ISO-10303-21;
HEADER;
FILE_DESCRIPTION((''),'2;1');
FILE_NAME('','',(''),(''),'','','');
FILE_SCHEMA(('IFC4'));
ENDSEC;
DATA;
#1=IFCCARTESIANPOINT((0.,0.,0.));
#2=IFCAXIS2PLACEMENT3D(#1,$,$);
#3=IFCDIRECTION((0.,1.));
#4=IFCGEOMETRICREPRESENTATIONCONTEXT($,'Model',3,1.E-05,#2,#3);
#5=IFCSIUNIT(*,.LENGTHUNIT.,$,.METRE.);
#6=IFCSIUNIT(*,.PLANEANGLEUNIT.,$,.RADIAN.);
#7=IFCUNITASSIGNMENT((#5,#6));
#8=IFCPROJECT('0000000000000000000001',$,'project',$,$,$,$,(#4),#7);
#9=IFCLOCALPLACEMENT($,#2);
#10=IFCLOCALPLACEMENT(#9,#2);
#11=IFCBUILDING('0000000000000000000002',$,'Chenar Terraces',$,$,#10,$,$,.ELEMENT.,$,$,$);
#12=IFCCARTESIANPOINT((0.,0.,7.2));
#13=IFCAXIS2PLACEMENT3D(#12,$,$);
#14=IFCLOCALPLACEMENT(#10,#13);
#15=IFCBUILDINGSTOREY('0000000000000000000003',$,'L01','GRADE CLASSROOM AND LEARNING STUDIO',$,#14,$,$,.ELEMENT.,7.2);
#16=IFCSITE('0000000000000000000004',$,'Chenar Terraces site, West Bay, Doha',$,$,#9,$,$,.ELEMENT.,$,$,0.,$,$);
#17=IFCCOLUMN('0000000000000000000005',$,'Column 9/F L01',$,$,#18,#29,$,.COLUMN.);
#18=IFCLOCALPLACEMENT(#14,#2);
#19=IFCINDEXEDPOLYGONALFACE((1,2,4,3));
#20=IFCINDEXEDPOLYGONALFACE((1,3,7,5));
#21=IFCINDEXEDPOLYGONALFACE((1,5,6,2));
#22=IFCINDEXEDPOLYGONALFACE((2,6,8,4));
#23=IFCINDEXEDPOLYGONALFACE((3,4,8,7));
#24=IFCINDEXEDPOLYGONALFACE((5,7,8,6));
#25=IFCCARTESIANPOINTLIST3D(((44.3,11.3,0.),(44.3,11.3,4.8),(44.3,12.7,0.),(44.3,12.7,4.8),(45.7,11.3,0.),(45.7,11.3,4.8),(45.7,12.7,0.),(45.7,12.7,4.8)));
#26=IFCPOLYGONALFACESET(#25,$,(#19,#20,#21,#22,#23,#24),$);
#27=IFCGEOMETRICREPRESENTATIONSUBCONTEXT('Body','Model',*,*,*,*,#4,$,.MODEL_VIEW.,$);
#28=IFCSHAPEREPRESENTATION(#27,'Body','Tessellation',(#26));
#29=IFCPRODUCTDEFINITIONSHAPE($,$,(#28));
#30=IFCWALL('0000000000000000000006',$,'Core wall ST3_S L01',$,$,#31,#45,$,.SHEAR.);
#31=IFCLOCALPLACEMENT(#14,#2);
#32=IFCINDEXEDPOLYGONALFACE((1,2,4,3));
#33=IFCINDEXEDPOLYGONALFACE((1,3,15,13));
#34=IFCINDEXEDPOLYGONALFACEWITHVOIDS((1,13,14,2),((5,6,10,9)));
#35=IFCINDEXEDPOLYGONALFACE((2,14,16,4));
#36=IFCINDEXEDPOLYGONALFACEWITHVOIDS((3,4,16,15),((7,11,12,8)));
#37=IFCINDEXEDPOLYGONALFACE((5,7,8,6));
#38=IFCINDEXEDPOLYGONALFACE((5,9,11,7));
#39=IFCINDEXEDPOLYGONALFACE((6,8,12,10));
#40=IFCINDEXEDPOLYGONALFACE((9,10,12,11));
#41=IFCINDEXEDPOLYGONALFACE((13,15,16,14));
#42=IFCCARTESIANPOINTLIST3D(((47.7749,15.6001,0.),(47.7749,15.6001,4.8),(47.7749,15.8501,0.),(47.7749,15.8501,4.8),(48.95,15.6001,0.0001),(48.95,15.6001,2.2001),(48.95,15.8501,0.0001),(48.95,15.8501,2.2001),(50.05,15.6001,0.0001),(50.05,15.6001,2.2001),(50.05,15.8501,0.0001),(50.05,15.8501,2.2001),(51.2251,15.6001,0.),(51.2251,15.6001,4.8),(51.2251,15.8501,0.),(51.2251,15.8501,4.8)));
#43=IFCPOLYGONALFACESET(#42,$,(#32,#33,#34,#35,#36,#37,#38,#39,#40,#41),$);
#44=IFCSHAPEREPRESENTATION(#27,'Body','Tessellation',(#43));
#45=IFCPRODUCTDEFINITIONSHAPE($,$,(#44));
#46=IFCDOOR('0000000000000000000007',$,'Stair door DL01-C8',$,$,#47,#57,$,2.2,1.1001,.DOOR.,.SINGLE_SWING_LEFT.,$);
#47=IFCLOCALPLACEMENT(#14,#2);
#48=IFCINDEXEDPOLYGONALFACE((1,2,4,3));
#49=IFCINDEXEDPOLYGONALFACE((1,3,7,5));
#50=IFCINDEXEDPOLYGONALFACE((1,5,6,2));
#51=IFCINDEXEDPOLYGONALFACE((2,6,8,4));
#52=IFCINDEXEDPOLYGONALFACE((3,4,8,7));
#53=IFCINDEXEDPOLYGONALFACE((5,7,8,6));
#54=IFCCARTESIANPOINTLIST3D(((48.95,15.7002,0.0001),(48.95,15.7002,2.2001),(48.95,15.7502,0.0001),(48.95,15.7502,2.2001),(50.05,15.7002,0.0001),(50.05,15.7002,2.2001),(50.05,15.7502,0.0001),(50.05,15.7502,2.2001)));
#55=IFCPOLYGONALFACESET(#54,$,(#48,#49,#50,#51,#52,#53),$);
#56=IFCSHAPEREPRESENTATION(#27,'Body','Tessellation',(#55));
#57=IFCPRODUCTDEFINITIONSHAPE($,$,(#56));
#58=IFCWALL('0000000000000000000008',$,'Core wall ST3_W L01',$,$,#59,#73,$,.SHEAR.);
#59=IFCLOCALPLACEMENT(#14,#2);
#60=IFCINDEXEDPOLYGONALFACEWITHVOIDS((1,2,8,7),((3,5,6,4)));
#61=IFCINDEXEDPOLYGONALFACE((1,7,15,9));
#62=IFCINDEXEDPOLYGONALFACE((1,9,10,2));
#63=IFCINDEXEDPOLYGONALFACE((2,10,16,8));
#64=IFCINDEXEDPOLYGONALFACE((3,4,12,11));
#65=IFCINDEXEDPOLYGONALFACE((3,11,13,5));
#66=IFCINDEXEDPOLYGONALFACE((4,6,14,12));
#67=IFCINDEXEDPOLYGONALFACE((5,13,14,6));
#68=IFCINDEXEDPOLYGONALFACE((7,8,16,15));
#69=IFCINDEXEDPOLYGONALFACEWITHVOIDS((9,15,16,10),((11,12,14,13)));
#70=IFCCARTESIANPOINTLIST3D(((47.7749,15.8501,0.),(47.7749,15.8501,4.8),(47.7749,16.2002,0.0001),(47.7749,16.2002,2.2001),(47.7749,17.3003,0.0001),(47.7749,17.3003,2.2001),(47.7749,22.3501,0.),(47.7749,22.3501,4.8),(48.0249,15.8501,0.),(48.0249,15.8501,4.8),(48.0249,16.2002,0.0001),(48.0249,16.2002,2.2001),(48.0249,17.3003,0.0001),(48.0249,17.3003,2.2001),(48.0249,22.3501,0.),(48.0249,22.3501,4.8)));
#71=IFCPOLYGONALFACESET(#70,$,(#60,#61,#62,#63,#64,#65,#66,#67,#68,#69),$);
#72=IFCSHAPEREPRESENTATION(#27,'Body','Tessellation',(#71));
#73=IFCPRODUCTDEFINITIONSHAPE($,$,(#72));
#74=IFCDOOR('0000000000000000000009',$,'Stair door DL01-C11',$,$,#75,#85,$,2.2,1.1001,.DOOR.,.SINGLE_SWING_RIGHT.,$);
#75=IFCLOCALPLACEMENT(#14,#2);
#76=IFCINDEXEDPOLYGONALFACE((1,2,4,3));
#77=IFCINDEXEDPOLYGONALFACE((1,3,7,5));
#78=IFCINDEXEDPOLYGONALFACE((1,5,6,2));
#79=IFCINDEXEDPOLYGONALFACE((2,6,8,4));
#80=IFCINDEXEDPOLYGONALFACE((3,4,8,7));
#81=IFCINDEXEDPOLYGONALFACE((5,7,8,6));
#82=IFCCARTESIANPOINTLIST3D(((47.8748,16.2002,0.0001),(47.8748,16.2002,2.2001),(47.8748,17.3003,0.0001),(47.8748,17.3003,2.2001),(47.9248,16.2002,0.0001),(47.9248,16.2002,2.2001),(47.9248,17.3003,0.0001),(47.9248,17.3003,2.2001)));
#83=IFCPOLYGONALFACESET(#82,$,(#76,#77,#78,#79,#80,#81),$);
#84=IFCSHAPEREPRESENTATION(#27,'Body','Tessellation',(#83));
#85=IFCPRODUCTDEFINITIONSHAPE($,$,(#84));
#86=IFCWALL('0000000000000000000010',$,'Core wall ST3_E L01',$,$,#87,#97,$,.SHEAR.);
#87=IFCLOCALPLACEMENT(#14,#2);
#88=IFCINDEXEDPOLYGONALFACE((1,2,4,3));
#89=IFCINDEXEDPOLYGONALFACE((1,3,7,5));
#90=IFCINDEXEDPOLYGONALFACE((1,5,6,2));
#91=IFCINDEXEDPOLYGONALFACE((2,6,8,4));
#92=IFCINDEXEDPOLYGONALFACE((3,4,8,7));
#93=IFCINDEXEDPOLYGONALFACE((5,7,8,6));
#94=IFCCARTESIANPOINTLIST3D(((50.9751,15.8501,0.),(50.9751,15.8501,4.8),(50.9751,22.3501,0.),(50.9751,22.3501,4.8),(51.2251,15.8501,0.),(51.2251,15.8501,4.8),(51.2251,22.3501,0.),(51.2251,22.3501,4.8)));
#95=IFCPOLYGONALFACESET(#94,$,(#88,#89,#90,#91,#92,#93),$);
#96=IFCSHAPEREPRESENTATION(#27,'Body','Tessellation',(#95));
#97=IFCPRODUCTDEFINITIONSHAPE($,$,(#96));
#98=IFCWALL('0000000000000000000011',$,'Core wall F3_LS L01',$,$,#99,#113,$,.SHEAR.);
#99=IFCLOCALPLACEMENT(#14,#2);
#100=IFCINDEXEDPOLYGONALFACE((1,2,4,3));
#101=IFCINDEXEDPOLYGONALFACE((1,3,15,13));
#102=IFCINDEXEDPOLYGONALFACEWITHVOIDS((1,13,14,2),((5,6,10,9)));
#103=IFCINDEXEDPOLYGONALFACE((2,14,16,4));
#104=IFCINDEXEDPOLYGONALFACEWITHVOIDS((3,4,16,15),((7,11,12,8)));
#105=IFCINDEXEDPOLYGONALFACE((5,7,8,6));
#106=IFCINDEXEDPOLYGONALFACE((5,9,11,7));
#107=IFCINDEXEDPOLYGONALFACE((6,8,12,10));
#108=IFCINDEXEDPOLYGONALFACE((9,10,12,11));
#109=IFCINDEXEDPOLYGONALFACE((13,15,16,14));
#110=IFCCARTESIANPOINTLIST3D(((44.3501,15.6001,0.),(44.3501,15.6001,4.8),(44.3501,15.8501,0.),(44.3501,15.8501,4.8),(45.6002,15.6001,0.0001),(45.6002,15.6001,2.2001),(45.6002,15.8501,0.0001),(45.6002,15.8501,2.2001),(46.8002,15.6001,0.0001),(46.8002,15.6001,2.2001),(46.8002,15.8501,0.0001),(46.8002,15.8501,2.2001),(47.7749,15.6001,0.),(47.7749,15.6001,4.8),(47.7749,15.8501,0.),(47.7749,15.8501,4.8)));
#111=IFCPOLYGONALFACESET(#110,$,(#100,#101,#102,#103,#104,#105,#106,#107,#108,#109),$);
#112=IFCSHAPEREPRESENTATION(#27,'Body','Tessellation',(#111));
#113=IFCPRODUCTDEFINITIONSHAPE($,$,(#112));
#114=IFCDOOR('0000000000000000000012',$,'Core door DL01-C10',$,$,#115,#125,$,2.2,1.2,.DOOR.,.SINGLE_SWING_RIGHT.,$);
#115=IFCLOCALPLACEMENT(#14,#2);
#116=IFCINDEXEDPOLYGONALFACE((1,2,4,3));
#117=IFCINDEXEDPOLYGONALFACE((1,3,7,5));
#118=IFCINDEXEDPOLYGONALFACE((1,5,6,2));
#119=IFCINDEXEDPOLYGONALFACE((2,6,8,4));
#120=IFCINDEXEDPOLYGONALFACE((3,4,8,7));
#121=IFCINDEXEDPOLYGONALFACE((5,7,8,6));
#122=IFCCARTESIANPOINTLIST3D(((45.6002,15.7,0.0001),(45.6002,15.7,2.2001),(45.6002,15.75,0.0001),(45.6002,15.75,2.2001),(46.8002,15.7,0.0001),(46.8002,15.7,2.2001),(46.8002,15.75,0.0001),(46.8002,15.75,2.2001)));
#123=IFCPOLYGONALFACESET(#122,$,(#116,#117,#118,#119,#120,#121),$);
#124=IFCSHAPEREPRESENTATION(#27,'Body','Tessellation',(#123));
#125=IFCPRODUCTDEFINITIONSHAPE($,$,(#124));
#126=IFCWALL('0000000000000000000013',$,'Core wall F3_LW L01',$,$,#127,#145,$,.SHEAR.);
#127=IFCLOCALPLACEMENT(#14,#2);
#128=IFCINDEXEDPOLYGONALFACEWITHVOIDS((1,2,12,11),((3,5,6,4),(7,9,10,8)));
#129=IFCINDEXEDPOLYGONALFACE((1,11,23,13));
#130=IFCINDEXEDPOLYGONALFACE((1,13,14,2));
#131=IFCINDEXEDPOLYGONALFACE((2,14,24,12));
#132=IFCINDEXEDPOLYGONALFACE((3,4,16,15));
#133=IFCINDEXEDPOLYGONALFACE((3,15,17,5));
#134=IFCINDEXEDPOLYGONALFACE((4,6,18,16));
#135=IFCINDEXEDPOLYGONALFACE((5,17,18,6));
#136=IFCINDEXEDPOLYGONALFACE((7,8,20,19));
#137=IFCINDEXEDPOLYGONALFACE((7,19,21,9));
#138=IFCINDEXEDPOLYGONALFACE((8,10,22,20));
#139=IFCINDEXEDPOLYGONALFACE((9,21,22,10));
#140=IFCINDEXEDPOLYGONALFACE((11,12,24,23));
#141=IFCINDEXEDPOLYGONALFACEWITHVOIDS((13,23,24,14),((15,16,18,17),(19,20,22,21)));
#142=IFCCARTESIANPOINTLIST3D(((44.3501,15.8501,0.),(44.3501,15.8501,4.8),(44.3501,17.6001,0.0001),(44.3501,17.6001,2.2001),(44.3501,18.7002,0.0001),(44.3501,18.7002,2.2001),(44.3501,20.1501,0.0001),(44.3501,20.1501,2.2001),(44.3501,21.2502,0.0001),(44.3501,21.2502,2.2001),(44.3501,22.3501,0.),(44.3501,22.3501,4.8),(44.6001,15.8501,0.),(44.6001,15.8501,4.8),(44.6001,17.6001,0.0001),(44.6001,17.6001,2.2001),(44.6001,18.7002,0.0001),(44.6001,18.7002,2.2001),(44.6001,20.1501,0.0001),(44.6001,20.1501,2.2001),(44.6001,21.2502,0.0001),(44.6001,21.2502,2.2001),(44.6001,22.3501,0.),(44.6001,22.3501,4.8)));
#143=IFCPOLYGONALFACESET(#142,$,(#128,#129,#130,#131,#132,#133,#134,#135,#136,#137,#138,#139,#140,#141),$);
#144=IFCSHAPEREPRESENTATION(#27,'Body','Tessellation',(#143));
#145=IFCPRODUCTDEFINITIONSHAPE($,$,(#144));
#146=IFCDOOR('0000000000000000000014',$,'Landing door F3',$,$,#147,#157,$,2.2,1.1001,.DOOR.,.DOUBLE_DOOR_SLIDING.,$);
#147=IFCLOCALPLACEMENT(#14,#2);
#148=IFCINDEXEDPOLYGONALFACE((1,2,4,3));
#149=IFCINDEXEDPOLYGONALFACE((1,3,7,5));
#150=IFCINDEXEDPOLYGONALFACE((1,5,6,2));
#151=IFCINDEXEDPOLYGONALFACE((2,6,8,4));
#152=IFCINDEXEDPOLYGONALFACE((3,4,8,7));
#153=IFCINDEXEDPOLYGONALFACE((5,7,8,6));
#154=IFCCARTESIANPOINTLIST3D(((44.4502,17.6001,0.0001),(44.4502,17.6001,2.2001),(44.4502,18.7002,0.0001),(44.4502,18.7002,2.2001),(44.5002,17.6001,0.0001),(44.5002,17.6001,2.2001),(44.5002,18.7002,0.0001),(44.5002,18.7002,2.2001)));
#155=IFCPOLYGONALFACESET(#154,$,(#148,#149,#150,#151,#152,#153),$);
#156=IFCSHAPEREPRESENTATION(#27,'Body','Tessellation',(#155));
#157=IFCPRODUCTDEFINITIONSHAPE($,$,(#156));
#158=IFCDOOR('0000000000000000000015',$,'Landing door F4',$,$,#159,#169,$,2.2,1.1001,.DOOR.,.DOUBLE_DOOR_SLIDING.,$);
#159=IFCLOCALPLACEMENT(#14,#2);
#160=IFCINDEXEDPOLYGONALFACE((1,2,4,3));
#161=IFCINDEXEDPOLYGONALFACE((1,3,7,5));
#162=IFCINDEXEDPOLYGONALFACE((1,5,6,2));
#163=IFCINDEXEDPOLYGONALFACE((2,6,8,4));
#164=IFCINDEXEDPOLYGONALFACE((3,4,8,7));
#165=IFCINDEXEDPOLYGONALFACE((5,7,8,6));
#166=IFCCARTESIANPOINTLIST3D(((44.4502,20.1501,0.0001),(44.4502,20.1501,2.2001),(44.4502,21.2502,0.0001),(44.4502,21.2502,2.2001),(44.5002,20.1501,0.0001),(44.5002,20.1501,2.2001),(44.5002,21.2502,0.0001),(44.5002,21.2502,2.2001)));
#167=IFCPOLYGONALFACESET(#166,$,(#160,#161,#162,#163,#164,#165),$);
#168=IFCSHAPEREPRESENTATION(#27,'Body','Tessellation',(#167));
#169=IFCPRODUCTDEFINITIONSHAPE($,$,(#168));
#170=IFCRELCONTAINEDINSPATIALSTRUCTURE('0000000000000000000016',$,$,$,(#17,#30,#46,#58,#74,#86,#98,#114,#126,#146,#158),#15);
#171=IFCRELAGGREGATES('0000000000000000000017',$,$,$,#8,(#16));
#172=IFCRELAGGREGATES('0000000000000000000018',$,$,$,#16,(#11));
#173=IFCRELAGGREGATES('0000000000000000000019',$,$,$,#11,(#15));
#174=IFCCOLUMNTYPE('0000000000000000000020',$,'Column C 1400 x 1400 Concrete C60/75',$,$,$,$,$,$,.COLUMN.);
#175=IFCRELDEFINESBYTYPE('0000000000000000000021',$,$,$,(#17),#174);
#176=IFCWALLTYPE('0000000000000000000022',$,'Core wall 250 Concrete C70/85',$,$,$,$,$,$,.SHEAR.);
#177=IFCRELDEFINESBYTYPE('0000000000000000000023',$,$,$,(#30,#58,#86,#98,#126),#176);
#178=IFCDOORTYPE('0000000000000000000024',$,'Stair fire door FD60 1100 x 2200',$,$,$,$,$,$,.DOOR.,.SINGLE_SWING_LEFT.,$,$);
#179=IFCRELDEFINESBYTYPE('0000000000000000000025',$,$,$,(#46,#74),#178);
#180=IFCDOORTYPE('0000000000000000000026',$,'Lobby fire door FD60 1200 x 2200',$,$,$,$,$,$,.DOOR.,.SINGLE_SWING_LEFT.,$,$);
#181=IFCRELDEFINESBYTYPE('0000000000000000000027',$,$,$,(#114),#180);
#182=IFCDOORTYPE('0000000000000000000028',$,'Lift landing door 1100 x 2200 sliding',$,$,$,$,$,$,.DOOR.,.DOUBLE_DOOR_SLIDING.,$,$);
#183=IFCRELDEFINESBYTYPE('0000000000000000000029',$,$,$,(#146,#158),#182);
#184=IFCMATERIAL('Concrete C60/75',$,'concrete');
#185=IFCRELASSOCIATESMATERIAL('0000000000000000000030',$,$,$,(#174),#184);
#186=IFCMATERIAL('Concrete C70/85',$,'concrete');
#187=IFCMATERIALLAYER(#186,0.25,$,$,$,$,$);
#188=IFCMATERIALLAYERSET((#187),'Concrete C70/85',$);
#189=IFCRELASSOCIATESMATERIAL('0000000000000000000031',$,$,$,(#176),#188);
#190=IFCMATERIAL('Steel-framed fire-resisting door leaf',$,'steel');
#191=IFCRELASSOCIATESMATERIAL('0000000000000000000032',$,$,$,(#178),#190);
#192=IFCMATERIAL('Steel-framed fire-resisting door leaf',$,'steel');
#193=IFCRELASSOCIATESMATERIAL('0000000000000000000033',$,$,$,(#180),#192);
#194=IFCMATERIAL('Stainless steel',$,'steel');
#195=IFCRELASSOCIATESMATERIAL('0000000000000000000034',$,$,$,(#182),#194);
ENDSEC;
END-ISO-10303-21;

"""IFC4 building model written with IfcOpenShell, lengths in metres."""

from ifc_helpers import new_model, si_unit, direction, frame, frame_2d, origin, origin_2d, place, context, subcontext, project, spatial, rectangle, extrude, material, layer, layer_set, material_profile, profile_set, type_object, element, fill, save


model = new_model("IFC4")

# Units and contexts
model_context = context("Model", 3, precision=1e-05, world=origin(), true_north=direction((0.0, 1.0)))
body_context = subcontext(model_context, "Body", "Model", "MODEL_VIEW")
ifc_project = project(units=[si_unit("LENGTHUNIT", "METRE"), si_unit("PLANEANGLEUNIT", "RADIAN")], contexts=[model_context])

# Site, building, storey
site_placement = place(None, origin())
site = spatial("IfcSite", under=ifc_project, at=site_placement, Name="Chenar Terraces site, West Bay, Doha", CompositionType="ELEMENT", RefElevation=0.0)
building_placement = place(site_placement, origin())
building = spatial("IfcBuilding", under=site, at=building_placement, Name="Chenar Terraces", CompositionType="ELEMENT")
storey_placement = place(building_placement, frame((0.0, 0.0, 7.2)))
storey = spatial("IfcBuildingStorey", under=building, at=storey_placement, Name="L01", Description="GRADE CLASSROOM AND LEARNING STUDIO", CompositionType="ELEMENT", Elevation=7.2)

# Column
ifc_material_1 = material(Name="Concrete C60/75", Category="concrete")
ifc_material_profile = material_profile(ifc_material_1, rectangle(XDim=1.3999, YDim=1.3999, at=origin_2d()), Name="C 1400 x 1400")
ifc_profile_set = profile_set([ifc_material_profile], Name="Concrete C60/75")
column_type = type_object("IfcColumnType", Name="Column C 1400 x 1400 Concrete C60/75", PredefinedType="COLUMN", material=ifc_profile_set)
column_placement = place(storey_placement, frame((45.0, 12.0, 0.0), z_axis=(0.0, 0.0, 1.0), x_axis=(1.0, 0.0, 0.0)))
element("IfcColumn", 1, at=column_placement, inside=storey, type_object=column_type, Name="Column 9/F L01", PredefinedType="COLUMN", context=body_context, shape_type="SweptSolid", body=[
    extrude(rectangle(XDim=1.3999, YDim=1.3999, at=origin_2d()), origin(), (0.0, 0.0, 1.0), 4.8),
])

# Walls, openings, doors
ifc_material_2 = material(Name="Concrete C70/85", Category="concrete")
ifc_layer_1 = layer(ifc_material_2, 0.25)
ifc_layer_set_1 = layer_set([ifc_layer_1], Name="Concrete C70/85")
wall_type_1 = type_object("IfcWallType", Name="Core wall 250 Concrete C70/85", PredefinedType="SHEAR", material=ifc_layer_set_1)
wall_1_placement = place(storey_placement, frame((47.7749, 15.7251, 0.0), z_axis=(0.0, 0.0, 1.0), x_axis=(1.0, 0.0, 0.0)))
wall_1 = element("IfcWall", 2, at=wall_1_placement, inside=storey, type_object=wall_type_1, Name="Core wall ST3_S L01", PredefinedType="SHEAR", context=body_context, shape_type="SweptSolid", body=[
    extrude(rectangle(XDim=3.4502, YDim=0.25, at=frame_2d((1.7251, 0.0))), origin(), (0.0, 0.0, 1.0), 4.8),
])
opening_1_placement = place(wall_1_placement, frame((1.175, 0.0, 0.0)))
opening_1 = element("IfcOpeningElement", 3, at=opening_1_placement, cuts=wall_1, PredefinedType="OPENING", context=body_context, shape_type="SweptSolid", body=[
    extrude(rectangle(XDim=1.1001, YDim=2.2, at=frame_2d((0.55, 1.1001))), frame((0.0, 0.135, 0.0), z_axis=(0.0, -1.0, 0.0), x_axis=(1.0, 0.0, 0.0)), (0.0, 0.0, 1.0), 0.27),
])
ifc_material_3 = material(Name="Steel-framed fire-resisting door leaf", Category="steel")
door_type_1 = type_object("IfcDoorType", Name="Stair fire door FD60 1100 x 2200", OperationType="SINGLE_SWING_LEFT", PredefinedType="DOOR", material=ifc_material_3)
door_1_placement = place(opening_1_placement, frame((1.1001, 0.0, 0.0), z_axis=(0.0, 0.0, 1.0), x_axis=(-1.0, 0.0, 0.0)))
door_1 = element("IfcDoor", 4, at=door_1_placement, inside=storey, type_object=door_type_1, Name="Stair door DL01-C8", OperationType="SINGLE_SWING_LEFT", OverallHeight=2.2, OverallWidth=1.1001, PredefinedType="DOOR", context=body_context, shape_type="SweptSolid", body=[
    extrude(rectangle(XDim=1.1001, YDim=2.2, at=frame_2d((0.55, 1.1001))), frame((0.0, 0.0249, 0.0), z_axis=(0.0, -1.0, 0.0), x_axis=(1.0, 0.0, 0.0)), (0.0, 0.0, 1.0), 0.05),
])
fill(opening_1, door_1)
wall_2_placement = place(storey_placement, frame((47.8999, 15.8501, 0.0), z_axis=(0.0, 0.0, 1.0), x_axis=(0.0, 1.0, 0.0)))
wall_2 = element("IfcWall", 5, at=wall_2_placement, inside=storey, type_object=wall_type_1, Name="Core wall ST3_W L01", PredefinedType="SHEAR", context=body_context, shape_type="SweptSolid", body=[
    extrude(rectangle(XDim=6.5, YDim=0.25, at=frame_2d((3.25, 0.0))), origin(), (0.0, 0.0, 1.0), 4.8),
])
opening_2_placement = place(wall_2_placement, frame((0.3501, 0.0, 0.0)))
opening_2 = element("IfcOpeningElement", 6, at=opening_2_placement, cuts=wall_2, PredefinedType="OPENING", context=body_context, shape_type="SweptSolid", body=[
    extrude(rectangle(XDim=1.1001, YDim=2.2, at=frame_2d((0.55, 1.1001))), frame((0.0, 0.135, 0.0), z_axis=(0.0, -1.0, 0.0), x_axis=(1.0, 0.0, 0.0)), (0.0, 0.0, 1.0), 0.27),
])
door_2_placement = place(opening_2_placement, frame((1.1001, 0.0, 0.0), z_axis=(0.0, 0.0, 1.0), x_axis=(-1.0, 0.0, 0.0)))
door_2 = element("IfcDoor", 7, at=door_2_placement, inside=storey, type_object=door_type_1, Name="Stair door DL01-C11", OperationType="SINGLE_SWING_RIGHT", OverallHeight=2.2, OverallWidth=1.1001, PredefinedType="DOOR", context=body_context, shape_type="SweptSolid", body=[
    extrude(rectangle(XDim=1.1001, YDim=2.2, at=frame_2d((0.55, 1.1001))), frame((0.0, 0.0249, 0.0), z_axis=(0.0, -1.0, 0.0), x_axis=(1.0, 0.0, 0.0)), (0.0, 0.0, 1.0), 0.05),
])
fill(opening_2, door_2)

# Wall
wall_3_placement = place(storey_placement, frame((51.1001, 15.8501, 0.0), z_axis=(0.0, 0.0, 1.0), x_axis=(0.0, 1.0, 0.0)))
element("IfcWall", 8, at=wall_3_placement, inside=storey, type_object=wall_type_1, Name="Core wall ST3_E L01", PredefinedType="SHEAR", context=body_context, shape_type="SweptSolid", body=[
    extrude(rectangle(XDim=6.5, YDim=0.25, at=frame_2d((3.25, 0.0))), origin(), (0.0, 0.0, 1.0), 4.8),
])

# Wall, opening, door
wall_4_placement = place(storey_placement, frame((44.3501, 15.7251, 0.0), z_axis=(0.0, 0.0, 1.0), x_axis=(1.0, 0.0, 0.0)))
wall_4 = element("IfcWall", 9, at=wall_4_placement, inside=storey, type_object=wall_type_1, Name="Core wall F3_LS L01", PredefinedType="SHEAR", context=body_context, shape_type="SweptSolid", body=[
    extrude(rectangle(XDim=3.4248, YDim=0.25, at=frame_2d((1.7124, 0.0))), origin(), (0.0, 0.0, 1.0), 4.8),
])
opening_3_placement = place(wall_4_placement, frame((1.25, 0.0, 0.0)))
opening_3 = element("IfcOpeningElement", 10, at=opening_3_placement, cuts=wall_4, PredefinedType="OPENING", context=body_context, shape_type="SweptSolid", body=[
    extrude(rectangle(XDim=1.2, YDim=2.2, at=frame_2d((0.6001, 1.1001))), frame((0.0, 0.135, 0.0), z_axis=(0.0, -1.0, 0.0), x_axis=(1.0, 0.0, 0.0)), (0.0, 0.0, 1.0), 0.27),
])
ifc_material_4 = material(Name="Steel-framed fire-resisting door leaf", Category="steel")
door_type_2 = type_object("IfcDoorType", Name="Lobby fire door FD60 1200 x 2200", OperationType="SINGLE_SWING_LEFT", PredefinedType="DOOR", material=ifc_material_4)
door_3_placement = place(opening_3_placement, origin())
door_3 = element("IfcDoor", 11, at=door_3_placement, inside=storey, type_object=door_type_2, Name="Core door DL01-C10", OperationType="SINGLE_SWING_RIGHT", OverallHeight=2.2, OverallWidth=1.2, PredefinedType="DOOR", context=body_context, shape_type="SweptSolid", body=[
    extrude(rectangle(XDim=1.2, YDim=2.2, at=frame_2d((0.6001, 1.1001))), frame((0.0, 0.0249, 0.0), z_axis=(0.0, -1.0, 0.0), x_axis=(1.0, 0.0, 0.0)), (0.0, 0.0, 1.0), 0.05),
])
fill(opening_3, door_3)

# Wall, openings, doors
wall_5_placement = place(storey_placement, frame((44.4751, 15.8501, 0.0), z_axis=(0.0, 0.0, 1.0), x_axis=(0.0, 1.0, 0.0)))
wall_5 = element("IfcWall", 12, at=wall_5_placement, inside=storey, type_object=wall_type_1, Name="Core wall F3_LW L01", PredefinedType="SHEAR", context=body_context, shape_type="SweptSolid", body=[
    extrude(rectangle(XDim=6.5, YDim=0.25, at=frame_2d((3.25, 0.0))), origin(), (0.0, 0.0, 1.0), 4.8),
])
opening_4_placement = place(wall_5_placement, frame((1.75, 0.0, 0.0)))
opening_4 = element("IfcOpeningElement", 13, at=opening_4_placement, cuts=wall_5, PredefinedType="OPENING", context=body_context, shape_type="SweptSolid", body=[
    extrude(rectangle(XDim=1.1001, YDim=2.2, at=frame_2d((0.55, 1.1001))), frame((0.0, 0.135, 0.0), z_axis=(0.0, -1.0, 0.0), x_axis=(1.0, 0.0, 0.0)), (0.0, 0.0, 1.0), 0.27),
])
opening_5_placement = place(wall_5_placement, frame((4.3, 0.0, 0.0)))
opening_5 = element("IfcOpeningElement", 14, at=opening_5_placement, cuts=wall_5, PredefinedType="OPENING", context=body_context, shape_type="SweptSolid", body=[
    extrude(rectangle(XDim=1.1001, YDim=2.2, at=frame_2d((0.55, 1.1001))), frame((0.0, 0.135, 0.0), z_axis=(0.0, -1.0, 0.0), x_axis=(1.0, 0.0, 0.0)), (0.0, 0.0, 1.0), 0.27),
])
ifc_material_5 = material(Name="Stainless steel", Category="steel")
door_type_3 = type_object("IfcDoorType", Name="Lift landing door 1100 x 2200 sliding", OperationType="DOUBLE_DOOR_SLIDING", PredefinedType="DOOR", material=ifc_material_5)
door_4_placement = place(opening_4_placement, origin())
door_4 = element("IfcDoor", 15, at=door_4_placement, inside=storey, type_object=door_type_3, Name="Landing door F3", OperationType="DOUBLE_DOOR_SLIDING", OverallHeight=2.2, OverallWidth=1.1001, PredefinedType="DOOR", context=body_context, shape_type="SweptSolid", body=[
    extrude(rectangle(XDim=1.1001, YDim=2.2, at=frame_2d((0.55, 1.1001))), frame((0.0, 0.0249, 0.0), z_axis=(0.0, -1.0, 0.0), x_axis=(1.0, 0.0, 0.0)), (0.0, 0.0, 1.0), 0.05),
])
fill(opening_4, door_4)
door_5_placement = place(opening_5_placement, origin())
door_5 = element("IfcDoor", 16, at=door_5_placement, inside=storey, type_object=door_type_3, Name="Landing door F4", OperationType="DOUBLE_DOOR_SLIDING", OverallHeight=2.2, OverallWidth=1.1001, PredefinedType="DOOR", context=body_context, shape_type="SweptSolid", body=[
    extrude(rectangle(XDim=1.1001, YDim=2.2, at=frame_2d((0.55, 1.1001))), frame((0.0, 0.0249, 0.0), z_axis=(0.0, -1.0, 0.0), x_axis=(1.0, 0.0, 0.0)), (0.0, 0.0, 1.0), 0.05),
])
fill(opening_5, door_5)

save(model, "model.ifc")
